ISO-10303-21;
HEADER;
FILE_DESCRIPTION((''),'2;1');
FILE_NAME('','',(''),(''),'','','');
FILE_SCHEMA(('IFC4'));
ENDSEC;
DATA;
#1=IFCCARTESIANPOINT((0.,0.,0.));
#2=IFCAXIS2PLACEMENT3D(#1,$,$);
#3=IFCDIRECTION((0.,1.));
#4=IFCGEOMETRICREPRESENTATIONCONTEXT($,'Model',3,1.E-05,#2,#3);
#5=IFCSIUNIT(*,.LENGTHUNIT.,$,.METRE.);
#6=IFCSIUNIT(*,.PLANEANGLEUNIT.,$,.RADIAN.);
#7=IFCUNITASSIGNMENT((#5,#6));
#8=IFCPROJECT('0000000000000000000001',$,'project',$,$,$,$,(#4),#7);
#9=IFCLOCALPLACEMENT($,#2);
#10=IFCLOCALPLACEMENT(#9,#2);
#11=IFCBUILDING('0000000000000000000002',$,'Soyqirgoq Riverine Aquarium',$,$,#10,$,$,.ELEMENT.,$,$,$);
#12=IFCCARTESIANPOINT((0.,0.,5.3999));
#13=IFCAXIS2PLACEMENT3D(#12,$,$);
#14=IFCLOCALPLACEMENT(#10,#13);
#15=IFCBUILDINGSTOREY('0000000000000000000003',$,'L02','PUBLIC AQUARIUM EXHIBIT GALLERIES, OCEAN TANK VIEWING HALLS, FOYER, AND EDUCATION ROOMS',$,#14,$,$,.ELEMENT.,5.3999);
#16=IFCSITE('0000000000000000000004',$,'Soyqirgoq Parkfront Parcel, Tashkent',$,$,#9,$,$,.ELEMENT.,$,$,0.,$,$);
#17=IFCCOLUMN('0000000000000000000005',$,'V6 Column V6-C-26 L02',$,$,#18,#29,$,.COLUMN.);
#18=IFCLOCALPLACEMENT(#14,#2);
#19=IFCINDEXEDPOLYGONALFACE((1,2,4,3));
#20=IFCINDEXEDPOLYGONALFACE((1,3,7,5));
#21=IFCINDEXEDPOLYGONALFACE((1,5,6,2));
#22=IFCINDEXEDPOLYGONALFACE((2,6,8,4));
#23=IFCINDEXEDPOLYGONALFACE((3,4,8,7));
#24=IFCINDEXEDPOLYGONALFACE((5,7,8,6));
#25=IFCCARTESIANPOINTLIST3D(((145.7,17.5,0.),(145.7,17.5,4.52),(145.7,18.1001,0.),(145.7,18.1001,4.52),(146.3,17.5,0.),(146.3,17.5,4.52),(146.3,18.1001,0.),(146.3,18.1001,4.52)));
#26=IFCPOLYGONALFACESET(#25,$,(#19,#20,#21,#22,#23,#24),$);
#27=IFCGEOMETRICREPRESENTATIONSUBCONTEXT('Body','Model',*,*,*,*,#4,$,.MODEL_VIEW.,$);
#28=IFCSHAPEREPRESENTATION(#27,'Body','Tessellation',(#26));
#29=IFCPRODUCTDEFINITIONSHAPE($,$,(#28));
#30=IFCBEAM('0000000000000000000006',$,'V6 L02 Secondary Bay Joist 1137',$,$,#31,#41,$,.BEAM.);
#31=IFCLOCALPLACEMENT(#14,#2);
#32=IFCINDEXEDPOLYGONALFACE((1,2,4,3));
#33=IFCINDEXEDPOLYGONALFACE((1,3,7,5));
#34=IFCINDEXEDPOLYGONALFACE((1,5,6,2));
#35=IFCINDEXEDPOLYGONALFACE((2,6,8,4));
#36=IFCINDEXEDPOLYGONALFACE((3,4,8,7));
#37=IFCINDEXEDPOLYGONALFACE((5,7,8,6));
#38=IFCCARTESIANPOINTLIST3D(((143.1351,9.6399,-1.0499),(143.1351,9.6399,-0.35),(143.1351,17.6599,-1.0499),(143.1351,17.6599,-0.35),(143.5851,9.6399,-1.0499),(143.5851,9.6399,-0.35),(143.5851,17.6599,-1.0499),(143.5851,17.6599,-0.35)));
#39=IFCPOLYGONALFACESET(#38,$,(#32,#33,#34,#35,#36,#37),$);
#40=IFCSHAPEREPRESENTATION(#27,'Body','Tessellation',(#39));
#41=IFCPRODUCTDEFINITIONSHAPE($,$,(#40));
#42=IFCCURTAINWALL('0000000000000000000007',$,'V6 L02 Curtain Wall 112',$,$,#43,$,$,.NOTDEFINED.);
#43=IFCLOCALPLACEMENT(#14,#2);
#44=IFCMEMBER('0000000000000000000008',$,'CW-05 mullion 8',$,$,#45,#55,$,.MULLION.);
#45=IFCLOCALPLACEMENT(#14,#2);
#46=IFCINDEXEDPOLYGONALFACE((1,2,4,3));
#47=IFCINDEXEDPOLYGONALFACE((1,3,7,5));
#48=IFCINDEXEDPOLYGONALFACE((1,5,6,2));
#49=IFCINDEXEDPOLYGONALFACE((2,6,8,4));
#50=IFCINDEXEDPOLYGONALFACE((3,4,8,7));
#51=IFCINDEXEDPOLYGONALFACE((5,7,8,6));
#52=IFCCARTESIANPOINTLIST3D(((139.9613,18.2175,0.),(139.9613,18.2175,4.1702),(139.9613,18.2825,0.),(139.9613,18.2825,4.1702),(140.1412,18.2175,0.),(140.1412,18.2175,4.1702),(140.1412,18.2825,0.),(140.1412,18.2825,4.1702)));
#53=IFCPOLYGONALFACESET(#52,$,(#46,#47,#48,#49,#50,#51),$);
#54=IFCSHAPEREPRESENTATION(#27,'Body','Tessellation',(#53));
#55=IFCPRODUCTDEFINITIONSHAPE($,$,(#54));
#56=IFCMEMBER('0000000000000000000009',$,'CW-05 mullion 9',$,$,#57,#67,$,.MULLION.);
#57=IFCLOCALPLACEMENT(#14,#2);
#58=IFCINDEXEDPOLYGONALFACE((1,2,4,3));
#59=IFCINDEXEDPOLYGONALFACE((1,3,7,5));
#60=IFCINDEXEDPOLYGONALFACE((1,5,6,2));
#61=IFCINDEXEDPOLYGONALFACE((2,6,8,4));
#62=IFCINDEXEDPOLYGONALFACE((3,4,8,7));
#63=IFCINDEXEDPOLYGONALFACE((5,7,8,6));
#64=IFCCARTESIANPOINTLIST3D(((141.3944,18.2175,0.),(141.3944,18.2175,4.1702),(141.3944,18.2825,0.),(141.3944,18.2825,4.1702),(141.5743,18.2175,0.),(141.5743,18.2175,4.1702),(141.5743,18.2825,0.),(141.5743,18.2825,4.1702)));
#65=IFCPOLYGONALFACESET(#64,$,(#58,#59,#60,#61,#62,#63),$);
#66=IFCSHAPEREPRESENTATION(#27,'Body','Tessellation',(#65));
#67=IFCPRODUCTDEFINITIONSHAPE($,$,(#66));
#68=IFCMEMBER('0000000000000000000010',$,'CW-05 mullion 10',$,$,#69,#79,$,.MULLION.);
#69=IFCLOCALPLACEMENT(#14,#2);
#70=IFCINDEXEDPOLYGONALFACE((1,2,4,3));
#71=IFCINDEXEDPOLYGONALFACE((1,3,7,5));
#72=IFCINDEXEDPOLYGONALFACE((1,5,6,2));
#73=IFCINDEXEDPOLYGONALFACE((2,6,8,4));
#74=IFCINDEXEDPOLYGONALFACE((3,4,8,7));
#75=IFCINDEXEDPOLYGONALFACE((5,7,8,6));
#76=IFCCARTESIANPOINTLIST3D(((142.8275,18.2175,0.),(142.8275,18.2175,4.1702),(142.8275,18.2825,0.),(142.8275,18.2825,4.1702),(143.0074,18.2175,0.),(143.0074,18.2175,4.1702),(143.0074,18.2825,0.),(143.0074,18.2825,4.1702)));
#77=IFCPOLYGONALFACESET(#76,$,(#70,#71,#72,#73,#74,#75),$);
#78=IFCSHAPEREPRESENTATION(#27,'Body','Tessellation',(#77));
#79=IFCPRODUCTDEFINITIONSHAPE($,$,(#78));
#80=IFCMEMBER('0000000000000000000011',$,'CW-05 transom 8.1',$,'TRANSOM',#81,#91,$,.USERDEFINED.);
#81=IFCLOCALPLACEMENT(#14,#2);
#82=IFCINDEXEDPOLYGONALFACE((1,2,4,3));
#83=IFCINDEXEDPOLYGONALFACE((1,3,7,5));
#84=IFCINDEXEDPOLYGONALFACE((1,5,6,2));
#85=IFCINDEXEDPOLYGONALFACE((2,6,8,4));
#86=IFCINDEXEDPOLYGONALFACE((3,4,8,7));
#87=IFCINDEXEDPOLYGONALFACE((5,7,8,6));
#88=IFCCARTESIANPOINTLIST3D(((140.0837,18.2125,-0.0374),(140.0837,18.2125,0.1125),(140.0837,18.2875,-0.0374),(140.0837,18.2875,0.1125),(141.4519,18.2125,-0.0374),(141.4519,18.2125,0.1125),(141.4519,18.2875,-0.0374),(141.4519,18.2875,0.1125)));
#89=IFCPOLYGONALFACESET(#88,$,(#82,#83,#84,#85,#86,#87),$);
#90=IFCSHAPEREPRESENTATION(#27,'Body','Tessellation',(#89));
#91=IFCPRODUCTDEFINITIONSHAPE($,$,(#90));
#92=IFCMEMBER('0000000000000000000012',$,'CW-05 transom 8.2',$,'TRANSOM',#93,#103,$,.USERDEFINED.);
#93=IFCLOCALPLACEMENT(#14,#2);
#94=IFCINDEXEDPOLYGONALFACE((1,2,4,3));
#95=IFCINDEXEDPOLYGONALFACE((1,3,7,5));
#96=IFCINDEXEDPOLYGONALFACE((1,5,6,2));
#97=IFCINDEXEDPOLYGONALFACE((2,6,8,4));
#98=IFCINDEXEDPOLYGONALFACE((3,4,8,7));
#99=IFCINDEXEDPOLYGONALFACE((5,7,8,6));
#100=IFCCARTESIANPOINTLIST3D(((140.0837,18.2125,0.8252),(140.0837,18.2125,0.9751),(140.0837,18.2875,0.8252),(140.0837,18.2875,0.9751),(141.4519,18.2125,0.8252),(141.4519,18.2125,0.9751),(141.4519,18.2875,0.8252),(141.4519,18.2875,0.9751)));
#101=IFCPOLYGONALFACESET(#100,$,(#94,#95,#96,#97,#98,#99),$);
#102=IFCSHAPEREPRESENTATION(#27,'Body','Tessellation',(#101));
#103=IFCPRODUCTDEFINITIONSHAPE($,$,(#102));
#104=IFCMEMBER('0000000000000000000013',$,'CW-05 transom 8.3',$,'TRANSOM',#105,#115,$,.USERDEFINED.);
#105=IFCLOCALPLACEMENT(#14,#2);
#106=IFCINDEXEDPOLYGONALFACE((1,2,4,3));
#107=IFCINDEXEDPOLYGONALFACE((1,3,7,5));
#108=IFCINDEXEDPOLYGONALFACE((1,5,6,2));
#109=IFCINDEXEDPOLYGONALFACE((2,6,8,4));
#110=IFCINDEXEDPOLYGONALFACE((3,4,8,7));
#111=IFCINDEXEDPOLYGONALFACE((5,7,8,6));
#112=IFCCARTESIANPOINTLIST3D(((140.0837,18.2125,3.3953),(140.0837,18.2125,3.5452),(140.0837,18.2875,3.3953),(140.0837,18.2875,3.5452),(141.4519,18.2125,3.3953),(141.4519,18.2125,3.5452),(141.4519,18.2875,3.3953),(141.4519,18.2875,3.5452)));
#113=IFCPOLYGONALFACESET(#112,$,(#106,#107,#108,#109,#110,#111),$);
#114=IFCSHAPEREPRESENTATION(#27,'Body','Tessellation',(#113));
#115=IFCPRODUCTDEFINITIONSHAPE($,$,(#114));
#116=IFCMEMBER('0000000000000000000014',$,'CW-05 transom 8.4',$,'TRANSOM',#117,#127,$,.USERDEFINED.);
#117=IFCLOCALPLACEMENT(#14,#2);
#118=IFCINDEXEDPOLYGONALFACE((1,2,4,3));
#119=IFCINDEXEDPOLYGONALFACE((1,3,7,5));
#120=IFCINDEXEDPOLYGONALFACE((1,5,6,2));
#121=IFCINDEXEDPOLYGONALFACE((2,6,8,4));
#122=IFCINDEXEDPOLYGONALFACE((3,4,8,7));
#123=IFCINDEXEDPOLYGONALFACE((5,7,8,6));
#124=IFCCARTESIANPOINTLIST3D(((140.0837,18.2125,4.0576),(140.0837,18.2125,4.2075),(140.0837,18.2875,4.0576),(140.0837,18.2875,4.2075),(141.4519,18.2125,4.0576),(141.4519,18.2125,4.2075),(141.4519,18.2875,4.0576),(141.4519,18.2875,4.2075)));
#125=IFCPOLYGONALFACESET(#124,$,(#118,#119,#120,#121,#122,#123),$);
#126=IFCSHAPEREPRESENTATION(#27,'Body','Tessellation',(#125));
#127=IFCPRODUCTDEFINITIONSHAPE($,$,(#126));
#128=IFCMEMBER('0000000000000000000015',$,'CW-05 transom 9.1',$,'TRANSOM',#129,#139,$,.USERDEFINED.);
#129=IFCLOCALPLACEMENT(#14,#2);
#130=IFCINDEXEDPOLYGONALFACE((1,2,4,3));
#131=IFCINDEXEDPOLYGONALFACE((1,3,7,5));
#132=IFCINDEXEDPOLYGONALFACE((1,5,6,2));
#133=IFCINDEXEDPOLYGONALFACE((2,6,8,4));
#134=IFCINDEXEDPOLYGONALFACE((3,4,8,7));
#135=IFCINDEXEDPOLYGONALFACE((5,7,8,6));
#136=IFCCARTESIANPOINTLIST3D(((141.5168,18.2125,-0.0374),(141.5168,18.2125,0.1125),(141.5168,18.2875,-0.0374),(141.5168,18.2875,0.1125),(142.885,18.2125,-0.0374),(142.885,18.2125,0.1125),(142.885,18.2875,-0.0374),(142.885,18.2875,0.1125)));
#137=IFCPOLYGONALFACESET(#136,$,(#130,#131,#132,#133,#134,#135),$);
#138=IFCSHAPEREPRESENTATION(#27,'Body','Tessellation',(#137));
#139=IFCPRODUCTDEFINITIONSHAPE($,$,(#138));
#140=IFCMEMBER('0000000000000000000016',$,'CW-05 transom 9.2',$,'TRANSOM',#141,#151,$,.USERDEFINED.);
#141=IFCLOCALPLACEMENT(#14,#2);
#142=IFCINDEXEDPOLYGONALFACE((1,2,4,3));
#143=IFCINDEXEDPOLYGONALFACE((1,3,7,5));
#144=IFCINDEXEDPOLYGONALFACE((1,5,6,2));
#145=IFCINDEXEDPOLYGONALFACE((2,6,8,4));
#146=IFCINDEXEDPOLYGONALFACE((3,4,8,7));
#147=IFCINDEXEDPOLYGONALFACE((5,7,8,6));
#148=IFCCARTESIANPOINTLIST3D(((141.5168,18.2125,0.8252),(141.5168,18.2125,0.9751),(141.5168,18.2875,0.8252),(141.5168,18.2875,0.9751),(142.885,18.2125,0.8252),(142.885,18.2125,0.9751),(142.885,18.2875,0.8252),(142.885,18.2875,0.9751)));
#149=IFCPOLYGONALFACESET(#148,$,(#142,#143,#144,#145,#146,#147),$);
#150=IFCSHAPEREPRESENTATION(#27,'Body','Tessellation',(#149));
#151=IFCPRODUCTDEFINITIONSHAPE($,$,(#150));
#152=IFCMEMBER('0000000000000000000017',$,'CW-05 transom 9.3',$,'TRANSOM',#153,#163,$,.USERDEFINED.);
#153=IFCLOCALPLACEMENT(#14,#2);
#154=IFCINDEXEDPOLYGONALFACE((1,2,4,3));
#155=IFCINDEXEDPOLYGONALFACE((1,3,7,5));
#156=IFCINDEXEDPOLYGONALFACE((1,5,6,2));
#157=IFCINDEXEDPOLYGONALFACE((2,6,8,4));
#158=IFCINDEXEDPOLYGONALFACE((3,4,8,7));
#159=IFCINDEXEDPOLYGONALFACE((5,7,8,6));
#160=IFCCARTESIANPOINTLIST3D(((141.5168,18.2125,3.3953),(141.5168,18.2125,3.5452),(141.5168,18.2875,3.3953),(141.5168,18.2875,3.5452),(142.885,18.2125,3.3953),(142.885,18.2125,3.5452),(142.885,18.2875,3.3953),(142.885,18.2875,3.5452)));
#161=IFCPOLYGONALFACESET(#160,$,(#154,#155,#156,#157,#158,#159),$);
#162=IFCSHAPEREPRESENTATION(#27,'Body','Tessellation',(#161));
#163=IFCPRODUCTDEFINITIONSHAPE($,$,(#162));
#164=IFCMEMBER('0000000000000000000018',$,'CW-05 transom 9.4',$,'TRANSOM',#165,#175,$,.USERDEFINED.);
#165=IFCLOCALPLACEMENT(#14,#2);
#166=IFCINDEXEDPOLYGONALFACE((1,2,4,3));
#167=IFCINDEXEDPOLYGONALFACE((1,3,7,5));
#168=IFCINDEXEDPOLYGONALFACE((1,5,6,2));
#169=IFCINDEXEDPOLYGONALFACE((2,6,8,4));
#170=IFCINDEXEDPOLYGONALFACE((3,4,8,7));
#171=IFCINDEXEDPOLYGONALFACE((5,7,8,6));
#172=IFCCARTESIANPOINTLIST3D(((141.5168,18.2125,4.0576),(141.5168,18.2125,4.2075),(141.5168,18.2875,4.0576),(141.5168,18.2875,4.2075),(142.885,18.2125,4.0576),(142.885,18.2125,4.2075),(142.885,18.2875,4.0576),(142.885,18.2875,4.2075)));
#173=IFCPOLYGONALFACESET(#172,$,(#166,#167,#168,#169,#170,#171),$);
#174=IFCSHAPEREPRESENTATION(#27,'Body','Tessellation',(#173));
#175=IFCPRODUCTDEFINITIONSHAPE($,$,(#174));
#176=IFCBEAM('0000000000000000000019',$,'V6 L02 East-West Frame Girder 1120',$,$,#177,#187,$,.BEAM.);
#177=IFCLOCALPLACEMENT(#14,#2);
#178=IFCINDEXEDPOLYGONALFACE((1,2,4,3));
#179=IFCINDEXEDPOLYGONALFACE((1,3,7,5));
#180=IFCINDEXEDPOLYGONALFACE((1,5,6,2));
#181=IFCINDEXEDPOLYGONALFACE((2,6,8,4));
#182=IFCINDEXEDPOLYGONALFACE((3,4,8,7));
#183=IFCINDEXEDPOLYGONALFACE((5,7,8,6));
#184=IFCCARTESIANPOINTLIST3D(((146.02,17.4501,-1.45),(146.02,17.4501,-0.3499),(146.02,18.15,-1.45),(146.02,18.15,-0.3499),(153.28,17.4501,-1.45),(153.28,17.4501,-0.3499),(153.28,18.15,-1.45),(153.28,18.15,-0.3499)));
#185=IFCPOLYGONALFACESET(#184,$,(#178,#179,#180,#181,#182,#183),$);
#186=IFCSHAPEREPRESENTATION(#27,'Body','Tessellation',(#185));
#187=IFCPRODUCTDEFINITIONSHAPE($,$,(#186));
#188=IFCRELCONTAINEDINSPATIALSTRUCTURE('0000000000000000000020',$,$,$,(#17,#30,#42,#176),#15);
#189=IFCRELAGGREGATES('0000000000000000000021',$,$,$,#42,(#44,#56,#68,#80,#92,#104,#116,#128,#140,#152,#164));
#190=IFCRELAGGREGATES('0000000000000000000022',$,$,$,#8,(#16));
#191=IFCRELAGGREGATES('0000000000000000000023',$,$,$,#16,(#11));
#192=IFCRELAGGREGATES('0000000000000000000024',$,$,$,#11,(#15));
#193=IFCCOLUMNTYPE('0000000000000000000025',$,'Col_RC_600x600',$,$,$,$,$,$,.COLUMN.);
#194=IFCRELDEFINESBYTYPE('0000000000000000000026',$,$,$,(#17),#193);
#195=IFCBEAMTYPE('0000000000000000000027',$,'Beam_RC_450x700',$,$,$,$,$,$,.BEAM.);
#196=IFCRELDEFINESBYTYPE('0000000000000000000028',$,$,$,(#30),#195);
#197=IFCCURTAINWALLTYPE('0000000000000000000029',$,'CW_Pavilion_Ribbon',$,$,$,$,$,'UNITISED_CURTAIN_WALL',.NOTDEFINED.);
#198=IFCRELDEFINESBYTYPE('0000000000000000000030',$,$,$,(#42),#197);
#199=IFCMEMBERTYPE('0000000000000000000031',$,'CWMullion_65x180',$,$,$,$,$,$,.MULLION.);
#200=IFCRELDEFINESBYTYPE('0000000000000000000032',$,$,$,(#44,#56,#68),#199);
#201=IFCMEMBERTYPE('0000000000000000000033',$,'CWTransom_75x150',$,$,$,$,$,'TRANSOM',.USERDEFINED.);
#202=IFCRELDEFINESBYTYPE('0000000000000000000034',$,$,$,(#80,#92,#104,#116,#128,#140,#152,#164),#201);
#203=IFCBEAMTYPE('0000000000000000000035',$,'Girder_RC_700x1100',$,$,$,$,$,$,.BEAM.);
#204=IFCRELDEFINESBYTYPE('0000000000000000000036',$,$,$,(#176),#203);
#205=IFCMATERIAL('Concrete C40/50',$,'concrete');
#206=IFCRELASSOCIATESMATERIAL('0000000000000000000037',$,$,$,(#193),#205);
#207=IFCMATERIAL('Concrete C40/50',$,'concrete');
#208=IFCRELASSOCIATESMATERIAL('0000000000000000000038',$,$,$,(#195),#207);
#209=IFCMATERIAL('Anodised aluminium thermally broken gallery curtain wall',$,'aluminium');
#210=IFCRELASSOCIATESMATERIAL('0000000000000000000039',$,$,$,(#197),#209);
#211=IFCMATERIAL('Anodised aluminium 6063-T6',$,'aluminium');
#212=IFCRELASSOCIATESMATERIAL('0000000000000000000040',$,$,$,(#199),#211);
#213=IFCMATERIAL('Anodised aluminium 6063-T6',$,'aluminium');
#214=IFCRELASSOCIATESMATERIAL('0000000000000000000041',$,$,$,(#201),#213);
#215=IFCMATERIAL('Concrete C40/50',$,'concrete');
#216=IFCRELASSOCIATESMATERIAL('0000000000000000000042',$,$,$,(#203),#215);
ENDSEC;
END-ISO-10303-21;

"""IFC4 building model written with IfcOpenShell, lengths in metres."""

from ifc_helpers import new_model, si_unit, direction, frame, origin, origin_2d, place, context, subcontext, project, spatial, rectangle, extrude, material, material_profile, profile_set, type_object, element, aggregate, save


model = new_model("IFC4")

# Units and contexts
model_context = context("Model", 3, precision=1e-05, world=origin(), true_north=direction((0.0, 1.0)))
body_context = subcontext(model_context, "Body", "Model", "MODEL_VIEW")
ifc_project = project(units=[si_unit("LENGTHUNIT", "METRE"), si_unit("PLANEANGLEUNIT", "RADIAN")], contexts=[model_context])

# Site, building, storey
site_placement = place(None, origin())
site = spatial("IfcSite", under=ifc_project, at=site_placement, Name="Soyqirgoq Parkfront Parcel, Tashkent", CompositionType="ELEMENT", RefElevation=0.0)
building_placement = place(site_placement, origin())
building = spatial("IfcBuilding", under=site, at=building_placement, Name="Soyqirgoq Riverine Aquarium", CompositionType="ELEMENT")
storey_placement = place(building_placement, frame((0.0, 0.0, 5.3999)))
storey = spatial("IfcBuildingStorey", under=building, at=storey_placement, Name="L02", Description="PUBLIC AQUARIUM EXHIBIT GALLERIES, OCEAN TANK VIEWING HALLS, FOYER, AND EDUCATION ROOMS", CompositionType="ELEMENT", Elevation=5.3999)

# Column
ifc_material_1 = material(Name="Concrete C40/50", Category="concrete")
ifc_material_profile_1 = material_profile(ifc_material_1, rectangle(XDim=0.6001, YDim=0.6001, at=origin_2d()), Name="RC 600x600")
ifc_profile_set_1 = profile_set([ifc_material_profile_1], Name="Concrete C40/50")
column_type = type_object("IfcColumnType", Name="Col_RC_600x600", PredefinedType="COLUMN", material=ifc_profile_set_1)
column_placement = place(storey_placement, frame((146.0, 17.8, 0.0), z_axis=(0.0, 0.0, 1.0), x_axis=(1.0, 0.0, 0.0)))
element("IfcColumn", 1, at=column_placement, inside=storey, type_object=column_type, Name="V6 Column V6-C-26 L02", PredefinedType="COLUMN", context=body_context, shape_type="SweptSolid", body=[
    extrude(rectangle(XDim=0.6001, YDim=0.6001, at=origin_2d()), origin(), (0.0, 0.0, 1.0), 4.52),
])

# Beam
ifc_material_2 = material(Name="Concrete C40/50", Category="concrete")
ifc_material_profile_2 = material_profile(ifc_material_2, rectangle(XDim=0.45, YDim=0.7, at=origin_2d()), Name="RC 450x700")
ifc_profile_set_2 = profile_set([ifc_material_profile_2], Name="Concrete C40/50")
beam_type_1 = type_object("IfcBeamType", Name="Beam_RC_450x700", PredefinedType="BEAM", material=ifc_profile_set_2)
beam_1_placement = place(storey_placement, frame((143.3601, 9.6399, -0.7), z_axis=(0.0, 1.0, 0.0), x_axis=(-1.0, 0.0, 0.0)))
element("IfcBeam", 2, at=beam_1_placement, inside=storey, type_object=beam_type_1, Name="V6 L02 Secondary Bay Joist 1137", PredefinedType="BEAM", context=body_context, shape_type="SweptSolid", body=[
    extrude(rectangle(XDim=0.45, YDim=0.7, at=origin_2d()), origin(), (0.0, 0.0, 1.0), 8.02),
])

# Curtain wall, members
ifc_material_3 = material(Name="Anodised aluminium thermally broken gallery curtain wall", Category="aluminium")
curtain_wall_type = type_object("IfcCurtainWallType", Name="CW_Pavilion_Ribbon", ElementType="UNITISED_CURTAIN_WALL", PredefinedType="NOTDEFINED", material=ifc_material_3)
curtain_wall_placement = place(storey_placement, origin())
curtain_wall = element("IfcCurtainWall", 3, at=curtain_wall_placement, inside=storey, type_object=curtain_wall_type, Name="V6 L02 Curtain Wall 112", PredefinedType="NOTDEFINED")
ifc_material_4 = material(Name="Anodised aluminium 6063-T6", Category="aluminium")
ifc_material_profile_3 = material_profile(ifc_material_4, rectangle(XDim=0.0649, YDim=0.1799, at=origin_2d()), Name="ALU-M 65x180")
ifc_profile_set_3 = profile_set([ifc_material_profile_3], Name="Anodised aluminium 6063-T6")
member_type_1 = type_object("IfcMemberType", Name="CWMullion_65x180", PredefinedType="MULLION", material=ifc_profile_set_3)
member_1_placement = place(storey_placement, frame((140.0513, 18.25, 0.0), z_axis=(0.0, 0.0, 1.0), x_axis=(0.0, 1.0, 0.0)))
member_1 = element("IfcMember", 4, at=member_1_placement, type_object=member_type_1, Name="CW-05 mullion 8", PredefinedType="MULLION", context=body_context, shape_type="SweptSolid", body=[
    extrude(rectangle(XDim=0.0649, YDim=0.1799, at=origin_2d()), origin(), (0.0, 0.0, 1.0), 4.1702),
])
member_2_placement = place(storey_placement, frame((141.4844, 18.25, 0.0), z_axis=(0.0, 0.0, 1.0), x_axis=(0.0, 1.0, 0.0)))
member_2 = element("IfcMember", 5, at=member_2_placement, type_object=member_type_1, Name="CW-05 mullion 9", PredefinedType="MULLION", context=body_context, shape_type="SweptSolid", body=[
    extrude(rectangle(XDim=0.0649, YDim=0.1799, at=origin_2d()), origin(), (0.0, 0.0, 1.0), 4.1702),
])
member_3_placement = place(storey_placement, frame((142.9175, 18.25, 0.0), z_axis=(0.0, 0.0, 1.0), x_axis=(0.0, 1.0, 0.0)))
member_3 = element("IfcMember", 6, at=member_3_placement, type_object=member_type_1, Name="CW-05 mullion 10", PredefinedType="MULLION", context=body_context, shape_type="SweptSolid", body=[
    extrude(rectangle(XDim=0.0649, YDim=0.1799, at=origin_2d()), origin(), (0.0, 0.0, 1.0), 4.1702),
])
ifc_material_5 = material(Name="Anodised aluminium 6063-T6", Category="aluminium")
ifc_material_profile_4 = material_profile(ifc_material_5, rectangle(XDim=0.075, YDim=0.1499, at=origin_2d()), Name="ALU-T 75x150")
ifc_profile_set_4 = profile_set([ifc_material_profile_4], Name="Anodised aluminium 6063-T6")
member_type_2 = type_object("IfcMemberType", Name="CWTransom_75x150", ElementType="TRANSOM", PredefinedType="USERDEFINED", material=ifc_profile_set_4)
member_4_placement = place(storey_placement, frame((140.0837, 18.25, 0.0376), z_axis=(1.0, 0.0, 0.0), x_axis=(0.0, 1.0, 0.0)))
member_4 = element("IfcMember", 7, at=member_4_placement, type_object=member_type_2, Name="CW-05 transom 8.1", ObjectType="TRANSOM", PredefinedType="USERDEFINED", context=body_context, shape_type="SweptSolid", body=[
    extrude(rectangle(XDim=0.075, YDim=0.1499, at=origin_2d()), origin(), (0.0, 0.0, 1.0), 1.3682),
])
member_5_placement = place(storey_placement, frame((140.0837, 18.25, 0.9001), z_axis=(1.0, 0.0, 0.0), x_axis=(0.0, 1.0, 0.0)))
member_5 = element("IfcMember", 8, at=member_5_placement, type_object=member_type_2, Name="CW-05 transom 8.2", ObjectType="TRANSOM", PredefinedType="USERDEFINED", context=body_context, shape_type="SweptSolid", body=[
    extrude(rectangle(XDim=0.075, YDim=0.1499, at=origin_2d()), origin(), (0.0, 0.0, 1.0), 1.3682),
])
member_6_placement = place(storey_placement, frame((140.0837, 18.25, 3.4702), z_axis=(1.0, 0.0, 0.0), x_axis=(0.0, 1.0, 0.0)))
member_6 = element("IfcMember", 9, at=member_6_placement, type_object=member_type_2, Name="CW-05 transom 8.3", ObjectType="TRANSOM", PredefinedType="USERDEFINED", context=body_context, shape_type="SweptSolid", body=[
    extrude(rectangle(XDim=0.075, YDim=0.1499, at=origin_2d()), origin(), (0.0, 0.0, 1.0), 1.3682),
])
member_7_placement = place(storey_placement, frame((140.0837, 18.25, 4.1326), z_axis=(1.0, 0.0, 0.0), x_axis=(0.0, 1.0, 0.0)))
member_7 = element("IfcMember", 10, at=member_7_placement, type_object=member_type_2, Name="CW-05 transom 8.4", ObjectType="TRANSOM", PredefinedType="USERDEFINED", context=body_context, shape_type="SweptSolid", body=[
    extrude(rectangle(XDim=0.075, YDim=0.1499, at=origin_2d()), origin(), (0.0, 0.0, 1.0), 1.3682),
])
member_8_placement = place(storey_placement, frame((141.5168, 18.25, 0.0376), z_axis=(1.0, 0.0, 0.0), x_axis=(0.0, 1.0, 0.0)))
member_8 = element("IfcMember", 11, at=member_8_placement, type_object=member_type_2, Name="CW-05 transom 9.1", ObjectType="TRANSOM", PredefinedType="USERDEFINED", context=body_context, shape_type="SweptSolid", body=[
    extrude(rectangle(XDim=0.075, YDim=0.1499, at=origin_2d()), origin(), (0.0, 0.0, 1.0), 1.3682),
])
member_9_placement = place(storey_placement, frame((141.5168, 18.25, 0.9001), z_axis=(1.0, 0.0, 0.0), x_axis=(0.0, 1.0, 0.0)))
member_9 = element("IfcMember", 12, at=member_9_placement, type_object=member_type_2, Name="CW-05 transom 9.2", ObjectType="TRANSOM", PredefinedType="USERDEFINED", context=body_context, shape_type="SweptSolid", body=[
    extrude(rectangle(XDim=0.075, YDim=0.1499, at=origin_2d()), origin(), (0.0, 0.0, 1.0), 1.3682),
])
member_10_placement = place(storey_placement, frame((141.5168, 18.25, 3.4702), z_axis=(1.0, 0.0, 0.0), x_axis=(0.0, 1.0, 0.0)))
member_10 = element("IfcMember", 13, at=member_10_placement, type_object=member_type_2, Name="CW-05 transom 9.3", ObjectType="TRANSOM", PredefinedType="USERDEFINED", context=body_context, shape_type="SweptSolid", body=[
    extrude(rectangle(XDim=0.075, YDim=0.1499, at=origin_2d()), origin(), (0.0, 0.0, 1.0), 1.3682),
])
member_11_placement = place(storey_placement, frame((141.5168, 18.25, 4.1326), z_axis=(1.0, 0.0, 0.0), x_axis=(0.0, 1.0, 0.0)))
member_11 = element("IfcMember", 14, at=member_11_placement, type_object=member_type_2, Name="CW-05 transom 9.4", ObjectType="TRANSOM", PredefinedType="USERDEFINED", context=body_context, shape_type="SweptSolid", body=[
    extrude(rectangle(XDim=0.075, YDim=0.1499, at=origin_2d()), origin(), (0.0, 0.0, 1.0), 1.3682),
])

# Beam
ifc_material_6 = material(Name="Concrete C40/50", Category="concrete")
ifc_material_profile_5 = material_profile(ifc_material_6, rectangle(XDim=0.7, YDim=1.1001, at=origin_2d()), Name="RC 700x1100")
ifc_profile_set_5 = profile_set([ifc_material_profile_5], Name="Concrete C40/50")
beam_type_2 = type_object("IfcBeamType", Name="Girder_RC_700x1100", PredefinedType="BEAM", material=ifc_profile_set_5)
beam_2_placement = place(storey_placement, frame((146.02, 17.8, -0.8999), z_axis=(1.0, 0.0, 0.0), x_axis=(0.0, 1.0, 0.0)))
element("IfcBeam", 15, at=beam_2_placement, inside=storey, type_object=beam_type_2, Name="V6 L02 East-West Frame Girder 1120", PredefinedType="BEAM", context=body_context, shape_type="SweptSolid", body=[
    extrude(rectangle(XDim=0.7, YDim=1.1001, at=origin_2d()), origin(), (0.0, 0.0, 1.0), 7.26),
])

aggregate(curtain_wall, [member_1, member_2, member_3, member_4, member_5, member_6, member_7, member_8, member_9, member_10, member_11])

save(model, "model.ifc")
